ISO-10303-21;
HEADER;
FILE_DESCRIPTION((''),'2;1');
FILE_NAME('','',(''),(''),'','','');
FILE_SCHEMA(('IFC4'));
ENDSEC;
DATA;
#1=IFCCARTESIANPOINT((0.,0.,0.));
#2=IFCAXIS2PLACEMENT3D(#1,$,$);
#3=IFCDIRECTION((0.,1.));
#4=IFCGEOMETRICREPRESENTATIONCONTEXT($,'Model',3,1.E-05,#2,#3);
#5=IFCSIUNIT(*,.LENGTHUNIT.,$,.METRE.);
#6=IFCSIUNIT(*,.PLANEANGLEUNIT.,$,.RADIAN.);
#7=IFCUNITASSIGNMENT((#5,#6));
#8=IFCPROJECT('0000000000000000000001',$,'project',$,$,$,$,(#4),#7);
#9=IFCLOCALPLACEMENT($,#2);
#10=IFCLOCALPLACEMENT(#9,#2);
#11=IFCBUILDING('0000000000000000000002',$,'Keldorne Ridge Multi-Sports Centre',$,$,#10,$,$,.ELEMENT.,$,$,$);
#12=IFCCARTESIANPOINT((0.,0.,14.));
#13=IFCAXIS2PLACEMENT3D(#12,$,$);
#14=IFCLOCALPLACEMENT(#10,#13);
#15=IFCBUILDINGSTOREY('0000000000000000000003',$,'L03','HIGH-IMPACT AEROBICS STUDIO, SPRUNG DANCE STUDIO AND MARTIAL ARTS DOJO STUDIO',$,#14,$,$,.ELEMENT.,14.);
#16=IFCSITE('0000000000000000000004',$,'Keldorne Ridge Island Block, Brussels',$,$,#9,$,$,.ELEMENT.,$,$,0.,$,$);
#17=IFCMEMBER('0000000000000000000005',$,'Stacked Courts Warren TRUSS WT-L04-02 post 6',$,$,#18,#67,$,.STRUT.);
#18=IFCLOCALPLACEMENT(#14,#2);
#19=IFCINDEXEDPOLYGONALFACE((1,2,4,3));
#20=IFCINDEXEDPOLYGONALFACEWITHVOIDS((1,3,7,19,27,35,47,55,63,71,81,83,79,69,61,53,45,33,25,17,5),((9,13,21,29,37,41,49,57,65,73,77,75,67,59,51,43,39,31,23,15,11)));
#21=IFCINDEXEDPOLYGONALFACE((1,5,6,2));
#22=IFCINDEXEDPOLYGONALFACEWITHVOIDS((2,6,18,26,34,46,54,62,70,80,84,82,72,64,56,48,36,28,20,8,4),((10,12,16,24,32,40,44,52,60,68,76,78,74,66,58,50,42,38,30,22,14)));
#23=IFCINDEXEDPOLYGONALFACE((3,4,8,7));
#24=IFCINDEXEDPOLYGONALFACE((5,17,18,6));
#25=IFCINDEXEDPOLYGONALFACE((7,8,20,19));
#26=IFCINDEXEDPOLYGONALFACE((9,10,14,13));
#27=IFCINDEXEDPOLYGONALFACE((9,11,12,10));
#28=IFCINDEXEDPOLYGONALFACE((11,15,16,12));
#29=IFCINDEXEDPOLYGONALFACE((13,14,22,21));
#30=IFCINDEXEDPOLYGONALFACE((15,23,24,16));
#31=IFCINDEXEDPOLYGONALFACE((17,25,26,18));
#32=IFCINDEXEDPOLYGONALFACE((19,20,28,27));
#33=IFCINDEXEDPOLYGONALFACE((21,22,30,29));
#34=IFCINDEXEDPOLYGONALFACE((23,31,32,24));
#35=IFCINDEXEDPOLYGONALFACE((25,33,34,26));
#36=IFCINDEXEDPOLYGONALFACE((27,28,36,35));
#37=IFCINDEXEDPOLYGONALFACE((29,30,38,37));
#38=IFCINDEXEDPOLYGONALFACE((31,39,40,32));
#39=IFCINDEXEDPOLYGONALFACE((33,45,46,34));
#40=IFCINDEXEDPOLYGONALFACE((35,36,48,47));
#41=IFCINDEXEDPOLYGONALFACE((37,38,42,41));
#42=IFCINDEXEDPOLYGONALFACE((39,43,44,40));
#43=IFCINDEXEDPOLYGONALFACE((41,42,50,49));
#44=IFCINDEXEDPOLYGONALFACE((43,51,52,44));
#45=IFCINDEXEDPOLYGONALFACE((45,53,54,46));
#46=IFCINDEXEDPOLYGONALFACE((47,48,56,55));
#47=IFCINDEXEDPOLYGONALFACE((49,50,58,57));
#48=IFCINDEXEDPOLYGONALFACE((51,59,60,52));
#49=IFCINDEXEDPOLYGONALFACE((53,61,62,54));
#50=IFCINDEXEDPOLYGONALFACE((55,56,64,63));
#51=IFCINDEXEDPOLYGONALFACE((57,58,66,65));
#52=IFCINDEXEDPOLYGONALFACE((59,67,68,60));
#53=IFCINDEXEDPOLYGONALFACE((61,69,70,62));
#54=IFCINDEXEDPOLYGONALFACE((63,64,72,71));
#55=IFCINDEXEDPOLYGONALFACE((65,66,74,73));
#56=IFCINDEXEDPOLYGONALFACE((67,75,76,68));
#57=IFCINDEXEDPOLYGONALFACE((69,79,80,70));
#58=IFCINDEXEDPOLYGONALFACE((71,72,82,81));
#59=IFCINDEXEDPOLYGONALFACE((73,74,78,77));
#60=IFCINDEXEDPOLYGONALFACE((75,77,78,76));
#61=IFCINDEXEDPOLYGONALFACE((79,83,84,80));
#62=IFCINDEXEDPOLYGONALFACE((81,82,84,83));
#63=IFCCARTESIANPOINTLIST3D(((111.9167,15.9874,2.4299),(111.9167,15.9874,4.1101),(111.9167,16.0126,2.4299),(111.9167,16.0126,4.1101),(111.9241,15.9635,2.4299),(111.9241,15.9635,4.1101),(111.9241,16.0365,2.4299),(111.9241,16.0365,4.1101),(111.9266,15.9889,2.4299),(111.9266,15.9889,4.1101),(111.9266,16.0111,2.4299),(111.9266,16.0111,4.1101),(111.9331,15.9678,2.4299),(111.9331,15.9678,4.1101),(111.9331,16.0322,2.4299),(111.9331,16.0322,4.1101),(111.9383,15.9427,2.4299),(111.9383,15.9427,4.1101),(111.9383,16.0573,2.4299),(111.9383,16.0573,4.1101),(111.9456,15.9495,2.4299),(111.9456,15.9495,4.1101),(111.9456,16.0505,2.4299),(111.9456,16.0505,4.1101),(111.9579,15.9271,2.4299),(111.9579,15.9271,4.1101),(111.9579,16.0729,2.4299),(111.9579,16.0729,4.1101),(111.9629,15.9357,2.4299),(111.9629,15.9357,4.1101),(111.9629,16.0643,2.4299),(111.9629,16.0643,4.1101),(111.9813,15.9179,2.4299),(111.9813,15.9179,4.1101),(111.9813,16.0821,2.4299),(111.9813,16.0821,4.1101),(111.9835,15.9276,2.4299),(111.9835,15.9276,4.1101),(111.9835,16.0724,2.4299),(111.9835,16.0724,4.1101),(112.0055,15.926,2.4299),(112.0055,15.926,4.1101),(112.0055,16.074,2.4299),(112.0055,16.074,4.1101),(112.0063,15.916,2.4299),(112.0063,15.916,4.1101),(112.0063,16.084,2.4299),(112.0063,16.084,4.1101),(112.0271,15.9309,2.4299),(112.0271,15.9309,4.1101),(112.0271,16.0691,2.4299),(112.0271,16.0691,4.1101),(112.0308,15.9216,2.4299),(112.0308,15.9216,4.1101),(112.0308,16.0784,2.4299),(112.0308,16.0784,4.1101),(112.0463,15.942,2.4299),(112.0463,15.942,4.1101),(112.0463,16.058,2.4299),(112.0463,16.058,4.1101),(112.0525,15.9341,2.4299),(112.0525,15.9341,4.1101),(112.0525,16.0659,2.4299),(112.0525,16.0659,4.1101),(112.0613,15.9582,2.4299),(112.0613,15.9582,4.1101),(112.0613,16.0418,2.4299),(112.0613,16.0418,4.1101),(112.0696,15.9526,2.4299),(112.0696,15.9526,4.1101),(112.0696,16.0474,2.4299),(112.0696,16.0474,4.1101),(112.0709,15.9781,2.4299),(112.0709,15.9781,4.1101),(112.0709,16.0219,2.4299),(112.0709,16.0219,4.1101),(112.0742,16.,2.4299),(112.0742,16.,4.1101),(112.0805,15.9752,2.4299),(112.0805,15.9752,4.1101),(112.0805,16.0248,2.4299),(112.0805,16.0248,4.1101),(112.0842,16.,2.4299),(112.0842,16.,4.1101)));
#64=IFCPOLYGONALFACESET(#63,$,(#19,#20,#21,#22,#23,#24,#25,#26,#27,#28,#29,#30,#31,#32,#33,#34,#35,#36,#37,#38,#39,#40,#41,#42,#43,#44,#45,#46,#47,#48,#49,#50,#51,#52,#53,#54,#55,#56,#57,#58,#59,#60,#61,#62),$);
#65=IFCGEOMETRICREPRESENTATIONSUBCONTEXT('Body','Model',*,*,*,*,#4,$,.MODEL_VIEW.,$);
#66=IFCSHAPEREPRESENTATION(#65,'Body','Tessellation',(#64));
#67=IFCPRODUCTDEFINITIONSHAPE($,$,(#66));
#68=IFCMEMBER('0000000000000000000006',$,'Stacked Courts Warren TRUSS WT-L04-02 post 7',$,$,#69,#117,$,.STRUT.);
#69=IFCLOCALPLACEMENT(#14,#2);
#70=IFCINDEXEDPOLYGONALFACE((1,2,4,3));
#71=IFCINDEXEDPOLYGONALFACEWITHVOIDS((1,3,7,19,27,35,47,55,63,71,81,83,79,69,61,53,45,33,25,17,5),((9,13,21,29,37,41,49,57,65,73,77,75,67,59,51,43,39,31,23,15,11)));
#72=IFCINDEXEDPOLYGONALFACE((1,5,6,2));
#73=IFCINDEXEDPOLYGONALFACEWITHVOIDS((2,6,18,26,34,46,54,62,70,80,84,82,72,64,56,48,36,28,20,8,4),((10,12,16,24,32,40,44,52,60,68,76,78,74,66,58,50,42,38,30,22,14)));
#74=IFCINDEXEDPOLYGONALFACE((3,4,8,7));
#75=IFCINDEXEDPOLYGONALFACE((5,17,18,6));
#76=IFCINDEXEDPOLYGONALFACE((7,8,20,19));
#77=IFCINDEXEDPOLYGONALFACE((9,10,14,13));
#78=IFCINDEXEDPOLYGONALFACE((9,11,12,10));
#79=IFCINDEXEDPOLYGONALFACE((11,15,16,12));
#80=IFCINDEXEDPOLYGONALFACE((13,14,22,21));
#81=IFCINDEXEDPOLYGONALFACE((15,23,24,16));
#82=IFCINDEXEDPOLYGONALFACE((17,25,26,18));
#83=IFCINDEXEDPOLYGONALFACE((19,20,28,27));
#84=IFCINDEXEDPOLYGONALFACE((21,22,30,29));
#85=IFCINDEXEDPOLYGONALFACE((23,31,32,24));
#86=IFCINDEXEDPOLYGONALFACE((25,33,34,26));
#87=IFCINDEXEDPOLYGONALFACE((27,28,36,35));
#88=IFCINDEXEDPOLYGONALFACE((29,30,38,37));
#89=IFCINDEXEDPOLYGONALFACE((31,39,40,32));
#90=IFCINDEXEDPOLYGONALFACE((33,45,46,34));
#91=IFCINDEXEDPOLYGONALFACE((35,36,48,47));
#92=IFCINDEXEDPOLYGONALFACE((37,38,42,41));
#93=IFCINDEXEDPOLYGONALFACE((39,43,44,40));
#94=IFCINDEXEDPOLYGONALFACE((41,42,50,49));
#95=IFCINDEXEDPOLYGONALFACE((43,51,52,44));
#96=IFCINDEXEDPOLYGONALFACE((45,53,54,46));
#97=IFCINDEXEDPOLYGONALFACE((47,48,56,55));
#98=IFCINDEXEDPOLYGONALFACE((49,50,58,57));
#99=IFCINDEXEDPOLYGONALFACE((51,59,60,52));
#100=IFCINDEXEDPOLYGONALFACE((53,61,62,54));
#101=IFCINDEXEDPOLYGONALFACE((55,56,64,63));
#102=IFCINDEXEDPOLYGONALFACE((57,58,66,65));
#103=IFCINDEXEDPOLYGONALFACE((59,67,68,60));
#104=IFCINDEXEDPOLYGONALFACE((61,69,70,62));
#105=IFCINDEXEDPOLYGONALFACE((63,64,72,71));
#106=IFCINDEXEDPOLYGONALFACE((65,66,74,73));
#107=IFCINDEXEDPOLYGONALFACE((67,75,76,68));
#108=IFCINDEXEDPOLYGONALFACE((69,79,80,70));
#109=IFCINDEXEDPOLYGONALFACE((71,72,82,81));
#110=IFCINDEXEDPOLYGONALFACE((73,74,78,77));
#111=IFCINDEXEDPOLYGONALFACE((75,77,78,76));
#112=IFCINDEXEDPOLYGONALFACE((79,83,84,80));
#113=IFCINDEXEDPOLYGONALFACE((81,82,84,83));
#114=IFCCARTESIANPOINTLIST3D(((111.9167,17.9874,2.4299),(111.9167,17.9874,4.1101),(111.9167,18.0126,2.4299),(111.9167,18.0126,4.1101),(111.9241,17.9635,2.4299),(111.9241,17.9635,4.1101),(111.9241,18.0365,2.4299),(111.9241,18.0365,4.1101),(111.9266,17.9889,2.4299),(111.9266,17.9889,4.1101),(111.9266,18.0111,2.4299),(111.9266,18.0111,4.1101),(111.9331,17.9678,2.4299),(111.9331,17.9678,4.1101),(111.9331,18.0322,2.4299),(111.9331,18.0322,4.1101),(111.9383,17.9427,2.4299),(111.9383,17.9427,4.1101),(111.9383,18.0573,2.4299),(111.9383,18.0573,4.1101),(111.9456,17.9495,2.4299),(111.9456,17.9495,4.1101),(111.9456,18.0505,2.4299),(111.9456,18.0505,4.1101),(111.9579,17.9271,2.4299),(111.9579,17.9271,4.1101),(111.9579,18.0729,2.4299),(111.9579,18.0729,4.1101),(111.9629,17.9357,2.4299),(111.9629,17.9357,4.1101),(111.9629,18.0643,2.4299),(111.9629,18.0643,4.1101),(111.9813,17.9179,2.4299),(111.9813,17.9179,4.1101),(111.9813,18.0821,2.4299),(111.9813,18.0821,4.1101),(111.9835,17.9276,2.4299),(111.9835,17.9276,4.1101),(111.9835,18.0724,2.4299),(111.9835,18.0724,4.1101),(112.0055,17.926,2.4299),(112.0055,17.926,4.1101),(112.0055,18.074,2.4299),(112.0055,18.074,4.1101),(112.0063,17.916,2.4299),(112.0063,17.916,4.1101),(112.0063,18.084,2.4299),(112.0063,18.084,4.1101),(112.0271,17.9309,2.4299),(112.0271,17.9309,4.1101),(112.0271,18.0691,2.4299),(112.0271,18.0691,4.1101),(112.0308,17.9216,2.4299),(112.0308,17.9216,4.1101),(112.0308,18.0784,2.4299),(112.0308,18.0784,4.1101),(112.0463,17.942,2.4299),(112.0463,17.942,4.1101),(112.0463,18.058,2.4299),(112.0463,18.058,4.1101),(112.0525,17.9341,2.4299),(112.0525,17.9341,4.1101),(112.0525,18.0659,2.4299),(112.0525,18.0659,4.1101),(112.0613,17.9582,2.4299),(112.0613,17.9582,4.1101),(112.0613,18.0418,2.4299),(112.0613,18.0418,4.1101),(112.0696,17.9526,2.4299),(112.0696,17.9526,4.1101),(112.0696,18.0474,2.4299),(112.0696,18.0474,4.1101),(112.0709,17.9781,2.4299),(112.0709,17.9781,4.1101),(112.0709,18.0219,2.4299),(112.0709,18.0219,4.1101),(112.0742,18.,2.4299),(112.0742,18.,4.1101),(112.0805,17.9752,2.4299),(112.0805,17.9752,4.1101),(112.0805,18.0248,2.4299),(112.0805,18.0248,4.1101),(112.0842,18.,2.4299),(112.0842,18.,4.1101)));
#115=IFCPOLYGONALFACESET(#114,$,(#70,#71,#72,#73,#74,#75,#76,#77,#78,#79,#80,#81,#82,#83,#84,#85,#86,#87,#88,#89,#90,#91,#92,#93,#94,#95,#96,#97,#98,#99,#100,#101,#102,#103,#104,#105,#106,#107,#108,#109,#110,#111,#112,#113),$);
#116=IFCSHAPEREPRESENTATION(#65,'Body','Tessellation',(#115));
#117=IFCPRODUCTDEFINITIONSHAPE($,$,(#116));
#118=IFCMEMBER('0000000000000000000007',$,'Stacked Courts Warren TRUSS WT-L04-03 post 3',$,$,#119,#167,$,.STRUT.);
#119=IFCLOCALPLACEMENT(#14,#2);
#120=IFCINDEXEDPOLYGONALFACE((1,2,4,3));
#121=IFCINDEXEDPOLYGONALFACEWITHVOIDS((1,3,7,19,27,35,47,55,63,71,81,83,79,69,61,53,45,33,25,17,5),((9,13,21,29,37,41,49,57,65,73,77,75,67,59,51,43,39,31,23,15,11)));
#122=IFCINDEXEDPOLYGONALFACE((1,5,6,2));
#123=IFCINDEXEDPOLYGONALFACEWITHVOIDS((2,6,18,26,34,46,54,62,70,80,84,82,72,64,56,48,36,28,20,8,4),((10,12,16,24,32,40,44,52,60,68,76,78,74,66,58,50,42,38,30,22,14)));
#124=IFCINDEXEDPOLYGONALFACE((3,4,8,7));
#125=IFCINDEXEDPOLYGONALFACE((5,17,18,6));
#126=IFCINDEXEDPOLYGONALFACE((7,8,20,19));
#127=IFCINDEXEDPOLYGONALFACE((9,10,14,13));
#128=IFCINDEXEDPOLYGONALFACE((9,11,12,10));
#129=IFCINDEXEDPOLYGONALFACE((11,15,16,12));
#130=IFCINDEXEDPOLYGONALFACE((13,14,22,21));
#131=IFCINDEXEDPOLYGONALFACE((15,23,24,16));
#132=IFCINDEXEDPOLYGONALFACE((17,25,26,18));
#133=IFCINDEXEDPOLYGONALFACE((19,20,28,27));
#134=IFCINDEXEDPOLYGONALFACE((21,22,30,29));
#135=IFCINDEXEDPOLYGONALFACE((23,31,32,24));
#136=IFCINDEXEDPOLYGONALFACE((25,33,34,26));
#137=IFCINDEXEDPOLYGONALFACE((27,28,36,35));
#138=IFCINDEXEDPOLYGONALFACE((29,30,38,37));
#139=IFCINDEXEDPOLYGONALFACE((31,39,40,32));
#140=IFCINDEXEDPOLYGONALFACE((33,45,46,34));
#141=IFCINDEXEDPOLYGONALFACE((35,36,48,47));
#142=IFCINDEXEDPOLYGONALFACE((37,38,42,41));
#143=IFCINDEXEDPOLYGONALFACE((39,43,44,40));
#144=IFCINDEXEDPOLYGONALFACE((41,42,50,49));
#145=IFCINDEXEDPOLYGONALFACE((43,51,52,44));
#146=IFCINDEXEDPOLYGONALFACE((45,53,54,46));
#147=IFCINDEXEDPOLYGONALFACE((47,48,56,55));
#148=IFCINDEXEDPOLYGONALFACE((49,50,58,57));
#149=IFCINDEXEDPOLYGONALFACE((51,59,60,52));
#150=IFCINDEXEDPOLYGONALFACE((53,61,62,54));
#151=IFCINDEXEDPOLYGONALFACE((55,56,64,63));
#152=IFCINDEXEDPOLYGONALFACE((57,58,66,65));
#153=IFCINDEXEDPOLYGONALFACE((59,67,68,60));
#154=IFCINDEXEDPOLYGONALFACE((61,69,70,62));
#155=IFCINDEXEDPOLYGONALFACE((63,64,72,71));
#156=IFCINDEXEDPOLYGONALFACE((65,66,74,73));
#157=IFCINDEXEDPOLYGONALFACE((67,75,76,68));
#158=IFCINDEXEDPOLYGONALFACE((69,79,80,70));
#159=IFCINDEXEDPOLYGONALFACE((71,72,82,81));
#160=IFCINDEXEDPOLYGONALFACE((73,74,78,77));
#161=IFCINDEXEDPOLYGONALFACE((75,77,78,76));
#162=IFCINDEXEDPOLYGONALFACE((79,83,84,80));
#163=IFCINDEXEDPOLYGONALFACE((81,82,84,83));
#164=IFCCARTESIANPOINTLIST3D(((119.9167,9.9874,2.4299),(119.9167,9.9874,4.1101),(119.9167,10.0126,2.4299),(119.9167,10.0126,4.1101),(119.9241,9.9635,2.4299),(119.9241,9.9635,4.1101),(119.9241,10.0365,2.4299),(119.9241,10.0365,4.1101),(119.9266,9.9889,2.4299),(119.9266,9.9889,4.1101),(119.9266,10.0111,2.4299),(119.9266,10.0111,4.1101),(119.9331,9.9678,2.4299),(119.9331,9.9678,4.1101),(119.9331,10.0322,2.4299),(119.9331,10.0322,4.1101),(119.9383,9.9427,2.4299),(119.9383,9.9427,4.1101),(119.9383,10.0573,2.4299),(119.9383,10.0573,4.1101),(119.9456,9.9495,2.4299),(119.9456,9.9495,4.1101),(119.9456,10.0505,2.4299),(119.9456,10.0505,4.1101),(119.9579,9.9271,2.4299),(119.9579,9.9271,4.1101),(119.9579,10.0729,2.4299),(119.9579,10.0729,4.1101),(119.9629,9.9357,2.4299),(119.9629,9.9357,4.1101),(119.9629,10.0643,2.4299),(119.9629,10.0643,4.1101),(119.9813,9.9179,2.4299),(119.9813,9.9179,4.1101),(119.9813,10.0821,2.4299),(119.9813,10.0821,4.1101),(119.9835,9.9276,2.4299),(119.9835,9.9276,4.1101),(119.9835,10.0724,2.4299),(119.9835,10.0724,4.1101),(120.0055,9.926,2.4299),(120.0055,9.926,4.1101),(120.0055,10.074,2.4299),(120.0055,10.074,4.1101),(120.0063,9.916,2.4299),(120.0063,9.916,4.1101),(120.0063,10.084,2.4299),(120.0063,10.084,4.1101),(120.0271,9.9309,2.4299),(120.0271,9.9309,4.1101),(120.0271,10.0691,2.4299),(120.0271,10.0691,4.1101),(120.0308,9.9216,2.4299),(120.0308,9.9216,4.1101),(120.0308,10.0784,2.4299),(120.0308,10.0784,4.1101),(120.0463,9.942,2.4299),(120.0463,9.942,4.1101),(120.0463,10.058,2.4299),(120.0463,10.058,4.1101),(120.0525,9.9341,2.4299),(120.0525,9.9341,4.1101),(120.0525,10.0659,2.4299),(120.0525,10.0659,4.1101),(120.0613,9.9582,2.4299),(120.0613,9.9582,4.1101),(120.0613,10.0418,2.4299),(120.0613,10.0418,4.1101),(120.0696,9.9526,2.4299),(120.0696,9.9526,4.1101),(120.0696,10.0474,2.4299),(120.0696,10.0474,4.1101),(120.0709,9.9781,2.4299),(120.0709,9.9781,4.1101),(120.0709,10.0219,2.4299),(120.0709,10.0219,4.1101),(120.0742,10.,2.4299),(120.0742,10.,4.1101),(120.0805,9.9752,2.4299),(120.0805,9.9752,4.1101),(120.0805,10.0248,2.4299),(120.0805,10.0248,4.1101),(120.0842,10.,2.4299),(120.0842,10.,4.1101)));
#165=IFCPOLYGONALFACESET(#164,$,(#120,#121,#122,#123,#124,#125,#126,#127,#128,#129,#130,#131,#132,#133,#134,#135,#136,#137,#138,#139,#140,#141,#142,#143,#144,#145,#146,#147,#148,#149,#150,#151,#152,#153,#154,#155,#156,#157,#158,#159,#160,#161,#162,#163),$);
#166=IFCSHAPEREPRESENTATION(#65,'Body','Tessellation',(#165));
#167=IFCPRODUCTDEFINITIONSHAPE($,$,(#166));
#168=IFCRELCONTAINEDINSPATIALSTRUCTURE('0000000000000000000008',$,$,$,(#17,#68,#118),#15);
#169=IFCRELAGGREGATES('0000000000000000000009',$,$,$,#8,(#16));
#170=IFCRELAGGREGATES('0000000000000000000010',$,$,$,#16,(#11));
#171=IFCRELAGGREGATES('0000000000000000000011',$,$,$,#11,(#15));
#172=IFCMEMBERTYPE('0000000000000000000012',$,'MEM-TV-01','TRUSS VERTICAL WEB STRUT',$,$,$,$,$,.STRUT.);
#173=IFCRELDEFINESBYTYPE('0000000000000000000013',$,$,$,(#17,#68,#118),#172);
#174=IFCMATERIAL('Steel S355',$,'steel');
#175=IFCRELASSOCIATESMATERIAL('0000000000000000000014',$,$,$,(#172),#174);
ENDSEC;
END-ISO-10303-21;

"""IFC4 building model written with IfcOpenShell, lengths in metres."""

from ifc_helpers import new_model, si_unit, direction, frame, origin, origin_2d, place, context, subcontext, project, spatial, hollow_circle, extrude, material, material_profile, profile_set, type_object, element, save


model = new_model("IFC4")

# Units and contexts
model_context = context("Model", 3, precision=1e-05, world=origin(), true_north=direction((0.0, 1.0)))
body_context = subcontext(model_context, "Body", "Model", "MODEL_VIEW")
ifc_project = project(units=[si_unit("LENGTHUNIT", "METRE"), si_unit("PLANEANGLEUNIT", "RADIAN")], contexts=[model_context])

# Site, building, storey
site_placement = place(None, origin())
site = spatial("IfcSite", under=ifc_project, at=site_placement, Name="Keldorne Ridge Island Block, Brussels", CompositionType="ELEMENT", RefElevation=0.0)
building_placement = place(site_placement, origin())
building = spatial("IfcBuilding", under=site, at=building_placement, Name="Keldorne Ridge Multi-Sports Centre", CompositionType="ELEMENT")
storey_placement = place(building_placement, frame((0.0, 0.0, 14.0)))
storey = spatial("IfcBuildingStorey", under=building, at=storey_placement, Name="L03", Description="HIGH-IMPACT AEROBICS STUDIO, SPRUNG DANCE STUDIO AND MARTIAL ARTS DOJO STUDIO", CompositionType="ELEMENT", Elevation=14.0)

# Members
ifc_material = material(Name="Steel S355", Category="steel")
ifc_material_profile_1 = material_profile(ifc_material, hollow_circle(Radius=0.0842, WallThickness=0.01, at=origin_2d()), Name="CHS 168.3x10")
ifc_profile_set_1 = profile_set([ifc_material_profile_1], Name="Steel S355")
member_type_1 = type_object("IfcMemberType", Name="MEM-TV-01", Description="TRUSS VERTICAL WEB STRUT", PredefinedType="STRUT", material=ifc_profile_set_1)
for number, where, z_axis, x_axis, name in (
    (1, (112.0, 16.0, 2.4299), (0.0, 0.0, 1.0), (1.0, 0.0, 0.0), "Stacked Courts Warren TRUSS WT-L04-02 post 6"),
    (2, (112.0, 18.0, 2.4299), (0.0, 0.0, 1.0), (1.0, 0.0, 0.0), "Stacked Courts Warren TRUSS WT-L04-02 post 7"),
    (3, (120.0, 10.0, 2.4299), (0.0, 0.0, 1.0), (1.0, 0.0, 0.0), "Stacked Courts Warren TRUSS WT-L04-03 post 3"),
):
    element("IfcMember", number, at=place(storey_placement, frame(where, z_axis=z_axis, x_axis=x_axis)), inside=storey, type_object=member_type_1, Name=name, PredefinedType="STRUT", context=body_context, shape_type="SweptSolid", body=[
        extrude(hollow_circle(Radius=0.0842, WallThickness=0.01, at=origin_2d()), origin(), (0.0, 0.0, 1.0), 1.6802),
    ])

save(model, "model.ifc")
